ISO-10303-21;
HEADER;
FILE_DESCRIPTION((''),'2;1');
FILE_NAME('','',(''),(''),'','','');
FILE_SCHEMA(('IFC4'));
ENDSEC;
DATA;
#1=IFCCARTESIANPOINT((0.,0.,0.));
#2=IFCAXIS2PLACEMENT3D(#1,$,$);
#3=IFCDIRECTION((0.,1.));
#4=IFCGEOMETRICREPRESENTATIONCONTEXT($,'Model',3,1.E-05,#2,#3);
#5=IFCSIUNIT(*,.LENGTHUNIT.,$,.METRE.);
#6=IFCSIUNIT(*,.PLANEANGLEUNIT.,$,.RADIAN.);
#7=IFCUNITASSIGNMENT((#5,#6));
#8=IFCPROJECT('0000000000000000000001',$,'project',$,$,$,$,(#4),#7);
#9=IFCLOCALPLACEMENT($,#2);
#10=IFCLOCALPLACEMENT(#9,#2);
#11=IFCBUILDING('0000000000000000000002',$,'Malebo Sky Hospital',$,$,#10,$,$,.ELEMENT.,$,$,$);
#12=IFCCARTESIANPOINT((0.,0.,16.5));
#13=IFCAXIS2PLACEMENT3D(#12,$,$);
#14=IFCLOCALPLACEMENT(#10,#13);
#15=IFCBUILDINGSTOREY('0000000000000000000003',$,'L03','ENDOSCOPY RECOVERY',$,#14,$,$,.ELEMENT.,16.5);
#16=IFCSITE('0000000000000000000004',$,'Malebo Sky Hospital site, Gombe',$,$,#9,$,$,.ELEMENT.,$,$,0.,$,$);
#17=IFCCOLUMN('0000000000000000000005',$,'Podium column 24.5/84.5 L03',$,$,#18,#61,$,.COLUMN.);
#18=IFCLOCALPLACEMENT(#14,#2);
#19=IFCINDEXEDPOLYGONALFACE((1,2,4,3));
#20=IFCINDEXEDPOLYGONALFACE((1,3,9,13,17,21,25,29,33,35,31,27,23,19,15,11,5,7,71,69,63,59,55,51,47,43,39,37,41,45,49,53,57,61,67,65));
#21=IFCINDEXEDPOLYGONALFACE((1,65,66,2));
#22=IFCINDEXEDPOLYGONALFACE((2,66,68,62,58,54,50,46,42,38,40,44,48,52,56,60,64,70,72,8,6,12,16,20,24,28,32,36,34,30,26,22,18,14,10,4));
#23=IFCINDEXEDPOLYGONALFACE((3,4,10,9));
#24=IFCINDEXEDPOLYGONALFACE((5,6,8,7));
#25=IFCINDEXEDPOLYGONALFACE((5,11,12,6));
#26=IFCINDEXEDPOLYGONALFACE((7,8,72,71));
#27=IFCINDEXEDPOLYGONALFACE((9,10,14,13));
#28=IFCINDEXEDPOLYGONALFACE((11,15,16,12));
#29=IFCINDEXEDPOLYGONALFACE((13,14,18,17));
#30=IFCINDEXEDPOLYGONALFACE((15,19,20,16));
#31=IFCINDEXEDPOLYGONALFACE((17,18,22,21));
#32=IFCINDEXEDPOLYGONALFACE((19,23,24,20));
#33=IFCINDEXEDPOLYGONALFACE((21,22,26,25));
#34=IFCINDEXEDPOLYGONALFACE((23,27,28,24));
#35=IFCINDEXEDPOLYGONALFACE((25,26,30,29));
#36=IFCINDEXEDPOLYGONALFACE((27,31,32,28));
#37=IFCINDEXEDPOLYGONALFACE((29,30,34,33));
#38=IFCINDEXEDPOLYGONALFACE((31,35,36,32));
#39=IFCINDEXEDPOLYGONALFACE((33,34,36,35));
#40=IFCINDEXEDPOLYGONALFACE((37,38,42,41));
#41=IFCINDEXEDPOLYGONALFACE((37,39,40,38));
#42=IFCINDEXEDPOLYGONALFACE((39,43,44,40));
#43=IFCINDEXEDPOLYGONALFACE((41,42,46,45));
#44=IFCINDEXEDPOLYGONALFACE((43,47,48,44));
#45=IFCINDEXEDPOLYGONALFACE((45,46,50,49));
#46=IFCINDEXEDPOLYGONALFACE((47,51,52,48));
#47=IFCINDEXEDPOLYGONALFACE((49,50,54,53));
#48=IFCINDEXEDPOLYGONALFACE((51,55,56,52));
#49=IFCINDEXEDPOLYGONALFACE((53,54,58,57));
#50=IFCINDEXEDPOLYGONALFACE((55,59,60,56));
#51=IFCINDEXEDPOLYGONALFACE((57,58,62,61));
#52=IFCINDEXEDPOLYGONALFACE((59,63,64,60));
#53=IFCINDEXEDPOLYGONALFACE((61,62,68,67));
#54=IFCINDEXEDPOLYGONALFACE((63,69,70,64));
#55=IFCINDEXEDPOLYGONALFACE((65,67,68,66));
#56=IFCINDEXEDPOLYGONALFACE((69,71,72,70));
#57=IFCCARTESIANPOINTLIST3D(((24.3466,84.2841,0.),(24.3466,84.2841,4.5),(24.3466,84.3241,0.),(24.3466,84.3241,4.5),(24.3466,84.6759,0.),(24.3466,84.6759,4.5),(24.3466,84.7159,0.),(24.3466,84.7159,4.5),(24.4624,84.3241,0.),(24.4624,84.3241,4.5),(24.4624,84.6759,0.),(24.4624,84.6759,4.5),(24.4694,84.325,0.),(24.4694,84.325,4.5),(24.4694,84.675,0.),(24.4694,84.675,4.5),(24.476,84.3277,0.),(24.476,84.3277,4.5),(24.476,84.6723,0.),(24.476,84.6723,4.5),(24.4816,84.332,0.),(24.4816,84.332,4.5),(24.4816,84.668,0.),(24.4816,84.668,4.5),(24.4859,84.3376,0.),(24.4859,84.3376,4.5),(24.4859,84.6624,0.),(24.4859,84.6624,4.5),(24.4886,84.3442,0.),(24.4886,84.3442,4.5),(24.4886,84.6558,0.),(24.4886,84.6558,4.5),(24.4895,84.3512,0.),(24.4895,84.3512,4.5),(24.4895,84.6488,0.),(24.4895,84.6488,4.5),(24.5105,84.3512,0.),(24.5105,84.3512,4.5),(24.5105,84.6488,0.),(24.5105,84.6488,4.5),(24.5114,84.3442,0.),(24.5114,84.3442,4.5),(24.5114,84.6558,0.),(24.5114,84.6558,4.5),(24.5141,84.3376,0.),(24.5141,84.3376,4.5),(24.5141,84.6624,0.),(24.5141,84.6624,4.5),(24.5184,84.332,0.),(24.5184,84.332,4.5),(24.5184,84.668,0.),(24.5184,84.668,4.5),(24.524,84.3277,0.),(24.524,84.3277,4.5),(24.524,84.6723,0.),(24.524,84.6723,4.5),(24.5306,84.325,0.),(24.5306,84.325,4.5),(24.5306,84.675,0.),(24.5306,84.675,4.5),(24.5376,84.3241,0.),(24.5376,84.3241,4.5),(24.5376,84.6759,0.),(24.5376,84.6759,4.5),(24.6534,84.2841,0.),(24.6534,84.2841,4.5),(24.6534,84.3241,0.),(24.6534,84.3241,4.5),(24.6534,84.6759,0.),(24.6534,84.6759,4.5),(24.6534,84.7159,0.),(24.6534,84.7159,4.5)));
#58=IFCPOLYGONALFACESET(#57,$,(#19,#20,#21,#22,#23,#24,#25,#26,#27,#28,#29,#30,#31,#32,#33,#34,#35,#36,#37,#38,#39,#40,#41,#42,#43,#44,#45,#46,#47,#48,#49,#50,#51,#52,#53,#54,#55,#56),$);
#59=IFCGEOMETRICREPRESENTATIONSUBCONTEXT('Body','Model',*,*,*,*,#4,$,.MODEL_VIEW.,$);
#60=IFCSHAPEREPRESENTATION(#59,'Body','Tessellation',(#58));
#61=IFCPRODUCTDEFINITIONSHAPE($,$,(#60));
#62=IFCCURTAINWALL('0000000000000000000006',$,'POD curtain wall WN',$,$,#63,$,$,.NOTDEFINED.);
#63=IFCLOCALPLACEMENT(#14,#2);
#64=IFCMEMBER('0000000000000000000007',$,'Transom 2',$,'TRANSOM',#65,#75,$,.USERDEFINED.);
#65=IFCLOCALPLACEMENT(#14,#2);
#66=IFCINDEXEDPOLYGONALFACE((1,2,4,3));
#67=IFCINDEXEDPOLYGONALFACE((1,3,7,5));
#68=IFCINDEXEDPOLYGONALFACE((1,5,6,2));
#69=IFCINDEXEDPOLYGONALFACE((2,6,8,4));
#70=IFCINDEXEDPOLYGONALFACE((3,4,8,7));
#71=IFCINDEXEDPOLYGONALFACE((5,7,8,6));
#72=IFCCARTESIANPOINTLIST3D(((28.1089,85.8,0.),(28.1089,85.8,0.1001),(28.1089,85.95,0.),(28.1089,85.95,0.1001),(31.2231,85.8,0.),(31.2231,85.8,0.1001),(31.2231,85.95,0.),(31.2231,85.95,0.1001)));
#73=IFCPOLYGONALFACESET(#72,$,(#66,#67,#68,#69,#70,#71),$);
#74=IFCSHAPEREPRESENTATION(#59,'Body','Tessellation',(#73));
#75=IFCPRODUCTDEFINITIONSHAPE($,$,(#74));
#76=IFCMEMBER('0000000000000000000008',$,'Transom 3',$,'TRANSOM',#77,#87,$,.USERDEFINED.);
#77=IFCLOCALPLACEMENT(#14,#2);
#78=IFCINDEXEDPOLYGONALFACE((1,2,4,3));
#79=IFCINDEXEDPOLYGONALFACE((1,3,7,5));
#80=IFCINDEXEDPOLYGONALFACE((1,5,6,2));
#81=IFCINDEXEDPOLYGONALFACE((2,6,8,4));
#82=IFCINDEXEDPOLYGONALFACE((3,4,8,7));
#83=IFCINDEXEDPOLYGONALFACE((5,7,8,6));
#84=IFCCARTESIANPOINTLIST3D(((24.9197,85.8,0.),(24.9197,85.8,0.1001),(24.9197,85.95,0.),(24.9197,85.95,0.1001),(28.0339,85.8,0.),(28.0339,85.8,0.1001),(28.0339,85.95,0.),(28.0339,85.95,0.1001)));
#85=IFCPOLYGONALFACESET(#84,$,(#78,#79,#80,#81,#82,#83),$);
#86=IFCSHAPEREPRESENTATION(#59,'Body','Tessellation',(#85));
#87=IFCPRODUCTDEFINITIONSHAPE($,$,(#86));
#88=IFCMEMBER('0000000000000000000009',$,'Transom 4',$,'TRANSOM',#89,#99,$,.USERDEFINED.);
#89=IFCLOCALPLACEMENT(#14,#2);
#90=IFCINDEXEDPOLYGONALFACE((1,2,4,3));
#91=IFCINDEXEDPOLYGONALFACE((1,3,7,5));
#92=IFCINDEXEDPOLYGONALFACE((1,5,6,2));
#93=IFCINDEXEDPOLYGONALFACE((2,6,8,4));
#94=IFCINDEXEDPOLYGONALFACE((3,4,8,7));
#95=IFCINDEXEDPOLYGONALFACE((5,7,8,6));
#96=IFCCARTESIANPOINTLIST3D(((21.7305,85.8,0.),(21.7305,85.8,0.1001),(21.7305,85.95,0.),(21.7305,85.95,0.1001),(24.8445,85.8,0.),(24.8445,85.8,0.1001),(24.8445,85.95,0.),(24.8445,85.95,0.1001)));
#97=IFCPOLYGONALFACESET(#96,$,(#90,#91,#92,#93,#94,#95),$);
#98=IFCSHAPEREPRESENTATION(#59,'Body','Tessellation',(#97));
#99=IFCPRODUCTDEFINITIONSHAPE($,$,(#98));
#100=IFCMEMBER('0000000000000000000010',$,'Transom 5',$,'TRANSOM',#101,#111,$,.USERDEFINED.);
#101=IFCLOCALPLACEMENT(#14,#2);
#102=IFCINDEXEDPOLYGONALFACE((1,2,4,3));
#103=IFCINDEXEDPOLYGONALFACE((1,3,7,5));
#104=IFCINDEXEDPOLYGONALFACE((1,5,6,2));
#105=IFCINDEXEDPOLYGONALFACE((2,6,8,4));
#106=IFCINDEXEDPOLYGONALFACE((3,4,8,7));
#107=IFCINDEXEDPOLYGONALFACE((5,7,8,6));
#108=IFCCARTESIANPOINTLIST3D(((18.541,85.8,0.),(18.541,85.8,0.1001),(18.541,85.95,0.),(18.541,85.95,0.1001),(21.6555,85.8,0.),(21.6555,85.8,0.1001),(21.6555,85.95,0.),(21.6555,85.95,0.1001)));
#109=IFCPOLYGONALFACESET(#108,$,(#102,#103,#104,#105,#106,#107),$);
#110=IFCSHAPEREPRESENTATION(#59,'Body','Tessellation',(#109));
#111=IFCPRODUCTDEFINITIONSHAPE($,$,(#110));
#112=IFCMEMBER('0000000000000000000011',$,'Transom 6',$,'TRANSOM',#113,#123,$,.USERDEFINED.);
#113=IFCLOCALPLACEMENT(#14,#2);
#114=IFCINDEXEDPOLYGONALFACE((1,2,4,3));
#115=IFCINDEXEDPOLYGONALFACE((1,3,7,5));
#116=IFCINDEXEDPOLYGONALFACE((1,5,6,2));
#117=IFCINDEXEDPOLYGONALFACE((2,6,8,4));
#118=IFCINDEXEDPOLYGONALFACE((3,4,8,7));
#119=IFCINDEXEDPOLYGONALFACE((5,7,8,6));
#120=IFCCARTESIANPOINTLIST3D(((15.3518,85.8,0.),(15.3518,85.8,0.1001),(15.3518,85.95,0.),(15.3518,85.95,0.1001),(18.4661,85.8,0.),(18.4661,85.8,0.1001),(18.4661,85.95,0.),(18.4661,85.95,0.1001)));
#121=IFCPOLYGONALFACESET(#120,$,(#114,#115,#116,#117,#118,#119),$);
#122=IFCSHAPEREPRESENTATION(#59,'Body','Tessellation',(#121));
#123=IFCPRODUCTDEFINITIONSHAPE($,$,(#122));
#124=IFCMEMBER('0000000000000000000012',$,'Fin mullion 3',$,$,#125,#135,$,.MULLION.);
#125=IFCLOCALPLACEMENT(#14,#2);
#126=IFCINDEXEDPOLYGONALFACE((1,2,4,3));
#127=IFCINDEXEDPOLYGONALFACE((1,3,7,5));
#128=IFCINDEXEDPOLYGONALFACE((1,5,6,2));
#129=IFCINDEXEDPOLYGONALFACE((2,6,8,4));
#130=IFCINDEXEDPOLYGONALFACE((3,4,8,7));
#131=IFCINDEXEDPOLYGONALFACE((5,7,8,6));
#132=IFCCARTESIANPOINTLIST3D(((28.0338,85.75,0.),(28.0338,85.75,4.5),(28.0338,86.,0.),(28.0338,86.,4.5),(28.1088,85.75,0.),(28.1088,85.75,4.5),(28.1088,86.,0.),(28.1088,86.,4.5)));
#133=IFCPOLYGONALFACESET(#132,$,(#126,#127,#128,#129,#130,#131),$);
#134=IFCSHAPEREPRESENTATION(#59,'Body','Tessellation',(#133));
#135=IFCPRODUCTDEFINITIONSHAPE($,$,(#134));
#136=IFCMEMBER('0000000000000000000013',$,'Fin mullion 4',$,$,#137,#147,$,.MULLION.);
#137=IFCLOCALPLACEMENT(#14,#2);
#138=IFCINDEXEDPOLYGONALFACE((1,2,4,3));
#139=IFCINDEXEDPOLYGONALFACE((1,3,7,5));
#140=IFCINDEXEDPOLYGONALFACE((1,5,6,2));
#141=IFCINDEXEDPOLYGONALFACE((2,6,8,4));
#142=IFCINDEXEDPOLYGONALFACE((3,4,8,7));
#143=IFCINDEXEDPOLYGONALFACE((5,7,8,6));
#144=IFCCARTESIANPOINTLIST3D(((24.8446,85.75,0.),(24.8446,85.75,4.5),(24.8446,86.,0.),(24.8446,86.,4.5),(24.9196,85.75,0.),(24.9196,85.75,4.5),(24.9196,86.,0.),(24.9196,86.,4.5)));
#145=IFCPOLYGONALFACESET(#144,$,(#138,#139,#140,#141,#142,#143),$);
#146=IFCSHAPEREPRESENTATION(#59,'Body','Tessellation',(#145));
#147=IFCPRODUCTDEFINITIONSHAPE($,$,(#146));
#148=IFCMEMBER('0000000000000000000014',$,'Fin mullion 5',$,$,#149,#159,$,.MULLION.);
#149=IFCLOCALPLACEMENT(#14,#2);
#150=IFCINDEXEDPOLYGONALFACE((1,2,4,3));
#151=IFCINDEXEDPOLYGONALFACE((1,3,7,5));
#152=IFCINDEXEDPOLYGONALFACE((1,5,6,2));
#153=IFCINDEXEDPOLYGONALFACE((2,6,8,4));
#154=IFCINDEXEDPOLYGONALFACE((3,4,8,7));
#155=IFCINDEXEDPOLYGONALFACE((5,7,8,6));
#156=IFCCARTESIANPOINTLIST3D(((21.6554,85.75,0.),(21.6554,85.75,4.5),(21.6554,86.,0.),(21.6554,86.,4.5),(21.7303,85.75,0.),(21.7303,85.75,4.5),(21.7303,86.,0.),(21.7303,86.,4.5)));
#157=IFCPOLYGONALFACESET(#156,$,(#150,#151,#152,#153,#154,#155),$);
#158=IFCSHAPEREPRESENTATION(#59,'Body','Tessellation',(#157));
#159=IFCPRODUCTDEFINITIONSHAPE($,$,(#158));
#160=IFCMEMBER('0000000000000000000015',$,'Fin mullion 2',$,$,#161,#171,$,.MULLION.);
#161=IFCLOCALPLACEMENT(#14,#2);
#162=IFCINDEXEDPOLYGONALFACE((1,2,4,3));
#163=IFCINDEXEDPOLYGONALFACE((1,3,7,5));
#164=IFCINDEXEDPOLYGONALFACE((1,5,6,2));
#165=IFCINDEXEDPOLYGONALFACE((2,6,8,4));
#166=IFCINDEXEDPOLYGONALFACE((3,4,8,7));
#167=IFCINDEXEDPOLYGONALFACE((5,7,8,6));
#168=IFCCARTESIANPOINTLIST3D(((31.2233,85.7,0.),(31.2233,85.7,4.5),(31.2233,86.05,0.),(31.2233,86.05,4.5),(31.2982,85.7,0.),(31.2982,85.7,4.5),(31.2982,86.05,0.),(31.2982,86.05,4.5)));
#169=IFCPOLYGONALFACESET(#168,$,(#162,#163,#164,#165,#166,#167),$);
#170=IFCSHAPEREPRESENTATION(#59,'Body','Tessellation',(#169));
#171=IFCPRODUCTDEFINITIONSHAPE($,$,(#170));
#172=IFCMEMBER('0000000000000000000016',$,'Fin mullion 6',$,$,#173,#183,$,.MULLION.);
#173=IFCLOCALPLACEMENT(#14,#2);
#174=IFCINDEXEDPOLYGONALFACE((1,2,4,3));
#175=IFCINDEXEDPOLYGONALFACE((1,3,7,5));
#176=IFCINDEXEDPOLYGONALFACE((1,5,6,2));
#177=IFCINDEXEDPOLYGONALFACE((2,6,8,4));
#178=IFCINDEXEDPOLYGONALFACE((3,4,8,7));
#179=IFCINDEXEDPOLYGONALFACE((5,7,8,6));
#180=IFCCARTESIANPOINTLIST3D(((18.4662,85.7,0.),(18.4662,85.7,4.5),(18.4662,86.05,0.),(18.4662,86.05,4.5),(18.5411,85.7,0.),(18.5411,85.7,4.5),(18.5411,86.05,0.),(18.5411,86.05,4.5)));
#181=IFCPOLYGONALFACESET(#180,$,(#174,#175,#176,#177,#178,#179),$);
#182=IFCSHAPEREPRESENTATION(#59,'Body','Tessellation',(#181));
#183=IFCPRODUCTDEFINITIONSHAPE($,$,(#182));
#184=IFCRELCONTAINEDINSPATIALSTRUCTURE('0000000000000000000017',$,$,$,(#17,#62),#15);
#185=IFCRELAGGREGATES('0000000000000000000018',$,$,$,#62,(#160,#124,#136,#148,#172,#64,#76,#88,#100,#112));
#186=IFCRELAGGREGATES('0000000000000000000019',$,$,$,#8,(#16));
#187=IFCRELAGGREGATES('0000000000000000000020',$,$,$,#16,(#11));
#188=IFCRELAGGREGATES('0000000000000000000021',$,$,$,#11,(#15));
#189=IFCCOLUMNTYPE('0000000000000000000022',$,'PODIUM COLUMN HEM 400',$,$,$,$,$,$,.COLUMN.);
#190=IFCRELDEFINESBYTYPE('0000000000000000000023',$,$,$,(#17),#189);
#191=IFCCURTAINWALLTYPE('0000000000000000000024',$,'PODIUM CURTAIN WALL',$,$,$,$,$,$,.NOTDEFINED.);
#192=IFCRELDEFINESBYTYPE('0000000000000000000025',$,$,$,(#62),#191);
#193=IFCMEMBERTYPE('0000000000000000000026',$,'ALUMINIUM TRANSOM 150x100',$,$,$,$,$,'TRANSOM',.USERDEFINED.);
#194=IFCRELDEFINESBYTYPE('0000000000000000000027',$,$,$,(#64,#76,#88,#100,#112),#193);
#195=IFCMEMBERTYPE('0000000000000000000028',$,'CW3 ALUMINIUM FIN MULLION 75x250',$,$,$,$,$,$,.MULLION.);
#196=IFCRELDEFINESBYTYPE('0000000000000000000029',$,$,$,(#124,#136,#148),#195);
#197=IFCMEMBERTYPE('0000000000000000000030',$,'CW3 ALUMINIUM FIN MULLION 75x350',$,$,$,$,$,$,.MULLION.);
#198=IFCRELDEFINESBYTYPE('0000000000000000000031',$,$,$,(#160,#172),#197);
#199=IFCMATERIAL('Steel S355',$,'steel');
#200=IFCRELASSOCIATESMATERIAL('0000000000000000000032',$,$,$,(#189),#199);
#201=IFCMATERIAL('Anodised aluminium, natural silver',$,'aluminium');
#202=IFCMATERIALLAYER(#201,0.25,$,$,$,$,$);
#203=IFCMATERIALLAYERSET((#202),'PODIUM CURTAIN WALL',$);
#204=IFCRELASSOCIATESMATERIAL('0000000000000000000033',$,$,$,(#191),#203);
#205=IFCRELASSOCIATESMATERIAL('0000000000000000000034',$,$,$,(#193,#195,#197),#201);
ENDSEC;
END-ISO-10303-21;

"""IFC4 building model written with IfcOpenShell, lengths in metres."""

from ifc_helpers import new_model, si_unit, direction, frame, origin, origin_2d, place, context, subcontext, project, spatial, rectangle, i_section, extrude, material, layer, layer_set, material_profile, profile_set, type_object, element, aggregate, save


model = new_model("IFC4")

# Units and contexts
model_context = context("Model", 3, precision=1e-05, world=origin(), true_north=direction((0.0, 1.0)))
body_context = subcontext(model_context, "Body", "Model", "MODEL_VIEW")
ifc_project = project(units=[si_unit("LENGTHUNIT", "METRE"), si_unit("PLANEANGLEUNIT", "RADIAN")], contexts=[model_context])

# Site, building, storey
site_placement = place(None, origin())
site = spatial("IfcSite", under=ifc_project, at=site_placement, Name="Malebo Sky Hospital site, Gombe", CompositionType="ELEMENT", RefElevation=0.0)
building_placement = place(site_placement, origin())
building = spatial("IfcBuilding", under=site, at=building_placement, Name="Malebo Sky Hospital", CompositionType="ELEMENT")
storey_placement = place(building_placement, frame((0.0, 0.0, 16.5)))
storey = spatial("IfcBuildingStorey", under=building, at=storey_placement, Name="L03", Description="ENDOSCOPY RECOVERY", CompositionType="ELEMENT", Elevation=16.5)

# Column
ifc_material_1 = material(Name="Steel S355", Category="steel")
ifc_material_profile_1 = material_profile(ifc_material_1, i_section(OverallWidth=0.3069, OverallDepth=0.4319, WebThickness=0.021, FlangeThickness=0.04, FilletRadius=0.0271, at=origin_2d()), Name="HEM 400")
ifc_profile_set_1 = profile_set([ifc_material_profile_1], Name="Steel S355")
column_type = type_object("IfcColumnType", Name="PODIUM COLUMN HEM 400", PredefinedType="COLUMN", material=ifc_profile_set_1)
column_placement = place(storey_placement, frame((24.5, 84.5, 0.0), z_axis=(0.0, 0.0, 1.0), x_axis=(1.0, 0.0, 0.0)))
element("IfcColumn", 1, at=column_placement, inside=storey, type_object=column_type, Name="Podium column 24.5/84.5 L03", PredefinedType="COLUMN", context=body_context, shape_type="SweptSolid", body=[
    extrude(i_section(OverallWidth=0.3069, OverallDepth=0.4319, WebThickness=0.021, FlangeThickness=0.04, FilletRadius=0.0271, at=origin_2d()), origin(), (0.0, 0.0, 1.0), 4.5),
])

# Curtain wall, members
ifc_material_2 = material(Name="Anodised aluminium, natural silver", Category="aluminium")
ifc_layer_1 = layer(ifc_material_2, 0.25)
ifc_layer_set_1 = layer_set([ifc_layer_1], Name="PODIUM CURTAIN WALL")
curtain_wall_type = type_object("IfcCurtainWallType", Name="PODIUM CURTAIN WALL", PredefinedType="NOTDEFINED", material=ifc_layer_set_1)
curtain_wall_placement = place(storey_placement, origin())
curtain_wall = element("IfcCurtainWall", 2, at=curtain_wall_placement, inside=storey, type_object=curtain_wall_type, Name="POD curtain wall WN", PredefinedType="NOTDEFINED")
ifc_material_profile_2 = material_profile(ifc_material_2, rectangle(XDim=0.1499, YDim=0.1001, at=origin_2d()), Name="ALUMINIUM TRANSOM 150x100")
ifc_profile_set_2 = profile_set([ifc_material_profile_2], Name="Anodised aluminium, natural silver")
member_type_1 = type_object("IfcMemberType", Name="ALUMINIUM TRANSOM 150x100", ElementType="TRANSOM", PredefinedType="USERDEFINED", material=ifc_profile_set_2)
member_1_placement = place(storey_placement, frame((31.2231, 85.875, 0.05), z_axis=(-1.0, 0.0, 0.0), x_axis=(0.0, -1.0, 0.0)))
member_1 = element("IfcMember", 3, at=member_1_placement, type_object=member_type_1, Name="Transom 2", ObjectType="TRANSOM", PredefinedType="USERDEFINED", context=body_context, shape_type="SweptSolid", body=[
    extrude(rectangle(XDim=0.1499, YDim=0.1001, at=origin_2d()), origin(), (0.0, 0.0, 1.0), 3.1143),
])
member_2_placement = place(storey_placement, frame((28.0339, 85.875, 0.05), z_axis=(-1.0, 0.0, 0.0), x_axis=(0.0, -1.0, 0.0)))
member_2 = element("IfcMember", 4, at=member_2_placement, type_object=member_type_1, Name="Transom 3", ObjectType="TRANSOM", PredefinedType="USERDEFINED", context=body_context, shape_type="SweptSolid", body=[
    extrude(rectangle(XDim=0.1499, YDim=0.1001, at=origin_2d()), origin(), (0.0, 0.0, 1.0), 3.1143),
])
member_3_placement = place(storey_placement, frame((24.8445, 85.875, 0.05), z_axis=(-1.0, 0.0, 0.0), x_axis=(0.0, -1.0, 0.0)))
member_3 = element("IfcMember", 5, at=member_3_placement, type_object=member_type_1, Name="Transom 4", ObjectType="TRANSOM", PredefinedType="USERDEFINED", context=body_context, shape_type="SweptSolid", body=[
    extrude(rectangle(XDim=0.1499, YDim=0.1001, at=origin_2d()), origin(), (0.0, 0.0, 1.0), 3.114),
])
member_4_placement = place(storey_placement, frame((21.6555, 85.875, 0.05), z_axis=(-1.0, 0.0, 0.0), x_axis=(0.0, -1.0, 0.0)))
member_4 = element("IfcMember", 6, at=member_4_placement, type_object=member_type_1, Name="Transom 5", ObjectType="TRANSOM", PredefinedType="USERDEFINED", context=body_context, shape_type="SweptSolid", body=[
    extrude(rectangle(XDim=0.1499, YDim=0.1001, at=origin_2d()), origin(), (0.0, 0.0, 1.0), 3.1145),
])
member_5_placement = place(storey_placement, frame((18.4661, 85.875, 0.05), z_axis=(-1.0, 0.0, 0.0), x_axis=(0.0, -1.0, 0.0)))
member_5 = element("IfcMember", 7, at=member_5_placement, type_object=member_type_1, Name="Transom 6", ObjectType="TRANSOM", PredefinedType="USERDEFINED", context=body_context, shape_type="SweptSolid", body=[
    extrude(rectangle(XDim=0.1499, YDim=0.1001, at=origin_2d()), origin(), (0.0, 0.0, 1.0), 3.1143),
])
ifc_material_profile_3 = material_profile(ifc_material_2, rectangle(XDim=0.075, YDim=0.25, at=origin_2d()), Name="CW3 ALUMINIUM FIN MULLION 75x250")
ifc_profile_set_3 = profile_set([ifc_material_profile_3], Name="Anodised aluminium, natural silver")
member_type_2 = type_object("IfcMemberType", Name="CW3 ALUMINIUM FIN MULLION 75x250", PredefinedType="MULLION", material=ifc_profile_set_3)
member_6_placement = place(storey_placement, frame((28.0713, 85.875, 0.0), z_axis=(0.0, 0.0, 1.0), x_axis=(-1.0, 0.0, 0.0)))
member_6 = element("IfcMember", 8, at=member_6_placement, type_object=member_type_2, Name="Fin mullion 3", PredefinedType="MULLION", context=body_context, shape_type="SweptSolid", body=[
    extrude(rectangle(XDim=0.075, YDim=0.25, at=origin_2d()), origin(), (0.0, 0.0, 1.0), 4.5),
])
member_7_placement = place(storey_placement, frame((24.8821, 85.875, 0.0), z_axis=(0.0, 0.0, 1.0), x_axis=(-1.0, 0.0, 0.0)))
member_7 = element("IfcMember", 9, at=member_7_placement, type_object=member_type_2, Name="Fin mullion 4", PredefinedType="MULLION", context=body_context, shape_type="SweptSolid", body=[
    extrude(rectangle(XDim=0.075, YDim=0.25, at=origin_2d()), origin(), (0.0, 0.0, 1.0), 4.5),
])
member_8_placement = place(storey_placement, frame((21.6929, 85.875, 0.0), z_axis=(0.0, 0.0, 1.0), x_axis=(-1.0, 0.0, 0.0)))
member_8 = element("IfcMember", 10, at=member_8_placement, type_object=member_type_2, Name="Fin mullion 5", PredefinedType="MULLION", context=body_context, shape_type="SweptSolid", body=[
    extrude(rectangle(XDim=0.075, YDim=0.25, at=origin_2d()), origin(), (0.0, 0.0, 1.0), 4.5),
])
ifc_material_profile_4 = material_profile(ifc_material_2, rectangle(XDim=0.075, YDim=0.3501, at=origin_2d()), Name="CW3 ALUMINIUM FIN MULLION 75x350")
ifc_profile_set_4 = profile_set([ifc_material_profile_4], Name="Anodised aluminium, natural silver")
member_type_3 = type_object("IfcMemberType", Name="CW3 ALUMINIUM FIN MULLION 75x350", PredefinedType="MULLION", material=ifc_profile_set_4)
member_9_placement = place(storey_placement, frame((31.2607, 85.875, 0.0), z_axis=(0.0, 0.0, 1.0), x_axis=(-1.0, 0.0, 0.0)))
member_9 = element("IfcMember", 11, at=member_9_placement, type_object=member_type_3, Name="Fin mullion 2", PredefinedType="MULLION", context=body_context, shape_type="SweptSolid", body=[
    extrude(rectangle(XDim=0.075, YDim=0.3501, at=origin_2d()), origin(), (0.0, 0.0, 1.0), 4.5),
])
member_10_placement = place(storey_placement, frame((18.5037, 85.875, 0.0), z_axis=(0.0, 0.0, 1.0), x_axis=(-1.0, 0.0, 0.0)))
member_10 = element("IfcMember", 12, at=member_10_placement, type_object=member_type_3, Name="Fin mullion 6", PredefinedType="MULLION", context=body_context, shape_type="SweptSolid", body=[
    extrude(rectangle(XDim=0.075, YDim=0.3501, at=origin_2d()), origin(), (0.0, 0.0, 1.0), 4.5),
])

aggregate(curtain_wall, [member_9, member_6, member_7, member_8, member_10, member_1, member_2, member_3, member_4, member_5])

save(model, "model.ifc")
